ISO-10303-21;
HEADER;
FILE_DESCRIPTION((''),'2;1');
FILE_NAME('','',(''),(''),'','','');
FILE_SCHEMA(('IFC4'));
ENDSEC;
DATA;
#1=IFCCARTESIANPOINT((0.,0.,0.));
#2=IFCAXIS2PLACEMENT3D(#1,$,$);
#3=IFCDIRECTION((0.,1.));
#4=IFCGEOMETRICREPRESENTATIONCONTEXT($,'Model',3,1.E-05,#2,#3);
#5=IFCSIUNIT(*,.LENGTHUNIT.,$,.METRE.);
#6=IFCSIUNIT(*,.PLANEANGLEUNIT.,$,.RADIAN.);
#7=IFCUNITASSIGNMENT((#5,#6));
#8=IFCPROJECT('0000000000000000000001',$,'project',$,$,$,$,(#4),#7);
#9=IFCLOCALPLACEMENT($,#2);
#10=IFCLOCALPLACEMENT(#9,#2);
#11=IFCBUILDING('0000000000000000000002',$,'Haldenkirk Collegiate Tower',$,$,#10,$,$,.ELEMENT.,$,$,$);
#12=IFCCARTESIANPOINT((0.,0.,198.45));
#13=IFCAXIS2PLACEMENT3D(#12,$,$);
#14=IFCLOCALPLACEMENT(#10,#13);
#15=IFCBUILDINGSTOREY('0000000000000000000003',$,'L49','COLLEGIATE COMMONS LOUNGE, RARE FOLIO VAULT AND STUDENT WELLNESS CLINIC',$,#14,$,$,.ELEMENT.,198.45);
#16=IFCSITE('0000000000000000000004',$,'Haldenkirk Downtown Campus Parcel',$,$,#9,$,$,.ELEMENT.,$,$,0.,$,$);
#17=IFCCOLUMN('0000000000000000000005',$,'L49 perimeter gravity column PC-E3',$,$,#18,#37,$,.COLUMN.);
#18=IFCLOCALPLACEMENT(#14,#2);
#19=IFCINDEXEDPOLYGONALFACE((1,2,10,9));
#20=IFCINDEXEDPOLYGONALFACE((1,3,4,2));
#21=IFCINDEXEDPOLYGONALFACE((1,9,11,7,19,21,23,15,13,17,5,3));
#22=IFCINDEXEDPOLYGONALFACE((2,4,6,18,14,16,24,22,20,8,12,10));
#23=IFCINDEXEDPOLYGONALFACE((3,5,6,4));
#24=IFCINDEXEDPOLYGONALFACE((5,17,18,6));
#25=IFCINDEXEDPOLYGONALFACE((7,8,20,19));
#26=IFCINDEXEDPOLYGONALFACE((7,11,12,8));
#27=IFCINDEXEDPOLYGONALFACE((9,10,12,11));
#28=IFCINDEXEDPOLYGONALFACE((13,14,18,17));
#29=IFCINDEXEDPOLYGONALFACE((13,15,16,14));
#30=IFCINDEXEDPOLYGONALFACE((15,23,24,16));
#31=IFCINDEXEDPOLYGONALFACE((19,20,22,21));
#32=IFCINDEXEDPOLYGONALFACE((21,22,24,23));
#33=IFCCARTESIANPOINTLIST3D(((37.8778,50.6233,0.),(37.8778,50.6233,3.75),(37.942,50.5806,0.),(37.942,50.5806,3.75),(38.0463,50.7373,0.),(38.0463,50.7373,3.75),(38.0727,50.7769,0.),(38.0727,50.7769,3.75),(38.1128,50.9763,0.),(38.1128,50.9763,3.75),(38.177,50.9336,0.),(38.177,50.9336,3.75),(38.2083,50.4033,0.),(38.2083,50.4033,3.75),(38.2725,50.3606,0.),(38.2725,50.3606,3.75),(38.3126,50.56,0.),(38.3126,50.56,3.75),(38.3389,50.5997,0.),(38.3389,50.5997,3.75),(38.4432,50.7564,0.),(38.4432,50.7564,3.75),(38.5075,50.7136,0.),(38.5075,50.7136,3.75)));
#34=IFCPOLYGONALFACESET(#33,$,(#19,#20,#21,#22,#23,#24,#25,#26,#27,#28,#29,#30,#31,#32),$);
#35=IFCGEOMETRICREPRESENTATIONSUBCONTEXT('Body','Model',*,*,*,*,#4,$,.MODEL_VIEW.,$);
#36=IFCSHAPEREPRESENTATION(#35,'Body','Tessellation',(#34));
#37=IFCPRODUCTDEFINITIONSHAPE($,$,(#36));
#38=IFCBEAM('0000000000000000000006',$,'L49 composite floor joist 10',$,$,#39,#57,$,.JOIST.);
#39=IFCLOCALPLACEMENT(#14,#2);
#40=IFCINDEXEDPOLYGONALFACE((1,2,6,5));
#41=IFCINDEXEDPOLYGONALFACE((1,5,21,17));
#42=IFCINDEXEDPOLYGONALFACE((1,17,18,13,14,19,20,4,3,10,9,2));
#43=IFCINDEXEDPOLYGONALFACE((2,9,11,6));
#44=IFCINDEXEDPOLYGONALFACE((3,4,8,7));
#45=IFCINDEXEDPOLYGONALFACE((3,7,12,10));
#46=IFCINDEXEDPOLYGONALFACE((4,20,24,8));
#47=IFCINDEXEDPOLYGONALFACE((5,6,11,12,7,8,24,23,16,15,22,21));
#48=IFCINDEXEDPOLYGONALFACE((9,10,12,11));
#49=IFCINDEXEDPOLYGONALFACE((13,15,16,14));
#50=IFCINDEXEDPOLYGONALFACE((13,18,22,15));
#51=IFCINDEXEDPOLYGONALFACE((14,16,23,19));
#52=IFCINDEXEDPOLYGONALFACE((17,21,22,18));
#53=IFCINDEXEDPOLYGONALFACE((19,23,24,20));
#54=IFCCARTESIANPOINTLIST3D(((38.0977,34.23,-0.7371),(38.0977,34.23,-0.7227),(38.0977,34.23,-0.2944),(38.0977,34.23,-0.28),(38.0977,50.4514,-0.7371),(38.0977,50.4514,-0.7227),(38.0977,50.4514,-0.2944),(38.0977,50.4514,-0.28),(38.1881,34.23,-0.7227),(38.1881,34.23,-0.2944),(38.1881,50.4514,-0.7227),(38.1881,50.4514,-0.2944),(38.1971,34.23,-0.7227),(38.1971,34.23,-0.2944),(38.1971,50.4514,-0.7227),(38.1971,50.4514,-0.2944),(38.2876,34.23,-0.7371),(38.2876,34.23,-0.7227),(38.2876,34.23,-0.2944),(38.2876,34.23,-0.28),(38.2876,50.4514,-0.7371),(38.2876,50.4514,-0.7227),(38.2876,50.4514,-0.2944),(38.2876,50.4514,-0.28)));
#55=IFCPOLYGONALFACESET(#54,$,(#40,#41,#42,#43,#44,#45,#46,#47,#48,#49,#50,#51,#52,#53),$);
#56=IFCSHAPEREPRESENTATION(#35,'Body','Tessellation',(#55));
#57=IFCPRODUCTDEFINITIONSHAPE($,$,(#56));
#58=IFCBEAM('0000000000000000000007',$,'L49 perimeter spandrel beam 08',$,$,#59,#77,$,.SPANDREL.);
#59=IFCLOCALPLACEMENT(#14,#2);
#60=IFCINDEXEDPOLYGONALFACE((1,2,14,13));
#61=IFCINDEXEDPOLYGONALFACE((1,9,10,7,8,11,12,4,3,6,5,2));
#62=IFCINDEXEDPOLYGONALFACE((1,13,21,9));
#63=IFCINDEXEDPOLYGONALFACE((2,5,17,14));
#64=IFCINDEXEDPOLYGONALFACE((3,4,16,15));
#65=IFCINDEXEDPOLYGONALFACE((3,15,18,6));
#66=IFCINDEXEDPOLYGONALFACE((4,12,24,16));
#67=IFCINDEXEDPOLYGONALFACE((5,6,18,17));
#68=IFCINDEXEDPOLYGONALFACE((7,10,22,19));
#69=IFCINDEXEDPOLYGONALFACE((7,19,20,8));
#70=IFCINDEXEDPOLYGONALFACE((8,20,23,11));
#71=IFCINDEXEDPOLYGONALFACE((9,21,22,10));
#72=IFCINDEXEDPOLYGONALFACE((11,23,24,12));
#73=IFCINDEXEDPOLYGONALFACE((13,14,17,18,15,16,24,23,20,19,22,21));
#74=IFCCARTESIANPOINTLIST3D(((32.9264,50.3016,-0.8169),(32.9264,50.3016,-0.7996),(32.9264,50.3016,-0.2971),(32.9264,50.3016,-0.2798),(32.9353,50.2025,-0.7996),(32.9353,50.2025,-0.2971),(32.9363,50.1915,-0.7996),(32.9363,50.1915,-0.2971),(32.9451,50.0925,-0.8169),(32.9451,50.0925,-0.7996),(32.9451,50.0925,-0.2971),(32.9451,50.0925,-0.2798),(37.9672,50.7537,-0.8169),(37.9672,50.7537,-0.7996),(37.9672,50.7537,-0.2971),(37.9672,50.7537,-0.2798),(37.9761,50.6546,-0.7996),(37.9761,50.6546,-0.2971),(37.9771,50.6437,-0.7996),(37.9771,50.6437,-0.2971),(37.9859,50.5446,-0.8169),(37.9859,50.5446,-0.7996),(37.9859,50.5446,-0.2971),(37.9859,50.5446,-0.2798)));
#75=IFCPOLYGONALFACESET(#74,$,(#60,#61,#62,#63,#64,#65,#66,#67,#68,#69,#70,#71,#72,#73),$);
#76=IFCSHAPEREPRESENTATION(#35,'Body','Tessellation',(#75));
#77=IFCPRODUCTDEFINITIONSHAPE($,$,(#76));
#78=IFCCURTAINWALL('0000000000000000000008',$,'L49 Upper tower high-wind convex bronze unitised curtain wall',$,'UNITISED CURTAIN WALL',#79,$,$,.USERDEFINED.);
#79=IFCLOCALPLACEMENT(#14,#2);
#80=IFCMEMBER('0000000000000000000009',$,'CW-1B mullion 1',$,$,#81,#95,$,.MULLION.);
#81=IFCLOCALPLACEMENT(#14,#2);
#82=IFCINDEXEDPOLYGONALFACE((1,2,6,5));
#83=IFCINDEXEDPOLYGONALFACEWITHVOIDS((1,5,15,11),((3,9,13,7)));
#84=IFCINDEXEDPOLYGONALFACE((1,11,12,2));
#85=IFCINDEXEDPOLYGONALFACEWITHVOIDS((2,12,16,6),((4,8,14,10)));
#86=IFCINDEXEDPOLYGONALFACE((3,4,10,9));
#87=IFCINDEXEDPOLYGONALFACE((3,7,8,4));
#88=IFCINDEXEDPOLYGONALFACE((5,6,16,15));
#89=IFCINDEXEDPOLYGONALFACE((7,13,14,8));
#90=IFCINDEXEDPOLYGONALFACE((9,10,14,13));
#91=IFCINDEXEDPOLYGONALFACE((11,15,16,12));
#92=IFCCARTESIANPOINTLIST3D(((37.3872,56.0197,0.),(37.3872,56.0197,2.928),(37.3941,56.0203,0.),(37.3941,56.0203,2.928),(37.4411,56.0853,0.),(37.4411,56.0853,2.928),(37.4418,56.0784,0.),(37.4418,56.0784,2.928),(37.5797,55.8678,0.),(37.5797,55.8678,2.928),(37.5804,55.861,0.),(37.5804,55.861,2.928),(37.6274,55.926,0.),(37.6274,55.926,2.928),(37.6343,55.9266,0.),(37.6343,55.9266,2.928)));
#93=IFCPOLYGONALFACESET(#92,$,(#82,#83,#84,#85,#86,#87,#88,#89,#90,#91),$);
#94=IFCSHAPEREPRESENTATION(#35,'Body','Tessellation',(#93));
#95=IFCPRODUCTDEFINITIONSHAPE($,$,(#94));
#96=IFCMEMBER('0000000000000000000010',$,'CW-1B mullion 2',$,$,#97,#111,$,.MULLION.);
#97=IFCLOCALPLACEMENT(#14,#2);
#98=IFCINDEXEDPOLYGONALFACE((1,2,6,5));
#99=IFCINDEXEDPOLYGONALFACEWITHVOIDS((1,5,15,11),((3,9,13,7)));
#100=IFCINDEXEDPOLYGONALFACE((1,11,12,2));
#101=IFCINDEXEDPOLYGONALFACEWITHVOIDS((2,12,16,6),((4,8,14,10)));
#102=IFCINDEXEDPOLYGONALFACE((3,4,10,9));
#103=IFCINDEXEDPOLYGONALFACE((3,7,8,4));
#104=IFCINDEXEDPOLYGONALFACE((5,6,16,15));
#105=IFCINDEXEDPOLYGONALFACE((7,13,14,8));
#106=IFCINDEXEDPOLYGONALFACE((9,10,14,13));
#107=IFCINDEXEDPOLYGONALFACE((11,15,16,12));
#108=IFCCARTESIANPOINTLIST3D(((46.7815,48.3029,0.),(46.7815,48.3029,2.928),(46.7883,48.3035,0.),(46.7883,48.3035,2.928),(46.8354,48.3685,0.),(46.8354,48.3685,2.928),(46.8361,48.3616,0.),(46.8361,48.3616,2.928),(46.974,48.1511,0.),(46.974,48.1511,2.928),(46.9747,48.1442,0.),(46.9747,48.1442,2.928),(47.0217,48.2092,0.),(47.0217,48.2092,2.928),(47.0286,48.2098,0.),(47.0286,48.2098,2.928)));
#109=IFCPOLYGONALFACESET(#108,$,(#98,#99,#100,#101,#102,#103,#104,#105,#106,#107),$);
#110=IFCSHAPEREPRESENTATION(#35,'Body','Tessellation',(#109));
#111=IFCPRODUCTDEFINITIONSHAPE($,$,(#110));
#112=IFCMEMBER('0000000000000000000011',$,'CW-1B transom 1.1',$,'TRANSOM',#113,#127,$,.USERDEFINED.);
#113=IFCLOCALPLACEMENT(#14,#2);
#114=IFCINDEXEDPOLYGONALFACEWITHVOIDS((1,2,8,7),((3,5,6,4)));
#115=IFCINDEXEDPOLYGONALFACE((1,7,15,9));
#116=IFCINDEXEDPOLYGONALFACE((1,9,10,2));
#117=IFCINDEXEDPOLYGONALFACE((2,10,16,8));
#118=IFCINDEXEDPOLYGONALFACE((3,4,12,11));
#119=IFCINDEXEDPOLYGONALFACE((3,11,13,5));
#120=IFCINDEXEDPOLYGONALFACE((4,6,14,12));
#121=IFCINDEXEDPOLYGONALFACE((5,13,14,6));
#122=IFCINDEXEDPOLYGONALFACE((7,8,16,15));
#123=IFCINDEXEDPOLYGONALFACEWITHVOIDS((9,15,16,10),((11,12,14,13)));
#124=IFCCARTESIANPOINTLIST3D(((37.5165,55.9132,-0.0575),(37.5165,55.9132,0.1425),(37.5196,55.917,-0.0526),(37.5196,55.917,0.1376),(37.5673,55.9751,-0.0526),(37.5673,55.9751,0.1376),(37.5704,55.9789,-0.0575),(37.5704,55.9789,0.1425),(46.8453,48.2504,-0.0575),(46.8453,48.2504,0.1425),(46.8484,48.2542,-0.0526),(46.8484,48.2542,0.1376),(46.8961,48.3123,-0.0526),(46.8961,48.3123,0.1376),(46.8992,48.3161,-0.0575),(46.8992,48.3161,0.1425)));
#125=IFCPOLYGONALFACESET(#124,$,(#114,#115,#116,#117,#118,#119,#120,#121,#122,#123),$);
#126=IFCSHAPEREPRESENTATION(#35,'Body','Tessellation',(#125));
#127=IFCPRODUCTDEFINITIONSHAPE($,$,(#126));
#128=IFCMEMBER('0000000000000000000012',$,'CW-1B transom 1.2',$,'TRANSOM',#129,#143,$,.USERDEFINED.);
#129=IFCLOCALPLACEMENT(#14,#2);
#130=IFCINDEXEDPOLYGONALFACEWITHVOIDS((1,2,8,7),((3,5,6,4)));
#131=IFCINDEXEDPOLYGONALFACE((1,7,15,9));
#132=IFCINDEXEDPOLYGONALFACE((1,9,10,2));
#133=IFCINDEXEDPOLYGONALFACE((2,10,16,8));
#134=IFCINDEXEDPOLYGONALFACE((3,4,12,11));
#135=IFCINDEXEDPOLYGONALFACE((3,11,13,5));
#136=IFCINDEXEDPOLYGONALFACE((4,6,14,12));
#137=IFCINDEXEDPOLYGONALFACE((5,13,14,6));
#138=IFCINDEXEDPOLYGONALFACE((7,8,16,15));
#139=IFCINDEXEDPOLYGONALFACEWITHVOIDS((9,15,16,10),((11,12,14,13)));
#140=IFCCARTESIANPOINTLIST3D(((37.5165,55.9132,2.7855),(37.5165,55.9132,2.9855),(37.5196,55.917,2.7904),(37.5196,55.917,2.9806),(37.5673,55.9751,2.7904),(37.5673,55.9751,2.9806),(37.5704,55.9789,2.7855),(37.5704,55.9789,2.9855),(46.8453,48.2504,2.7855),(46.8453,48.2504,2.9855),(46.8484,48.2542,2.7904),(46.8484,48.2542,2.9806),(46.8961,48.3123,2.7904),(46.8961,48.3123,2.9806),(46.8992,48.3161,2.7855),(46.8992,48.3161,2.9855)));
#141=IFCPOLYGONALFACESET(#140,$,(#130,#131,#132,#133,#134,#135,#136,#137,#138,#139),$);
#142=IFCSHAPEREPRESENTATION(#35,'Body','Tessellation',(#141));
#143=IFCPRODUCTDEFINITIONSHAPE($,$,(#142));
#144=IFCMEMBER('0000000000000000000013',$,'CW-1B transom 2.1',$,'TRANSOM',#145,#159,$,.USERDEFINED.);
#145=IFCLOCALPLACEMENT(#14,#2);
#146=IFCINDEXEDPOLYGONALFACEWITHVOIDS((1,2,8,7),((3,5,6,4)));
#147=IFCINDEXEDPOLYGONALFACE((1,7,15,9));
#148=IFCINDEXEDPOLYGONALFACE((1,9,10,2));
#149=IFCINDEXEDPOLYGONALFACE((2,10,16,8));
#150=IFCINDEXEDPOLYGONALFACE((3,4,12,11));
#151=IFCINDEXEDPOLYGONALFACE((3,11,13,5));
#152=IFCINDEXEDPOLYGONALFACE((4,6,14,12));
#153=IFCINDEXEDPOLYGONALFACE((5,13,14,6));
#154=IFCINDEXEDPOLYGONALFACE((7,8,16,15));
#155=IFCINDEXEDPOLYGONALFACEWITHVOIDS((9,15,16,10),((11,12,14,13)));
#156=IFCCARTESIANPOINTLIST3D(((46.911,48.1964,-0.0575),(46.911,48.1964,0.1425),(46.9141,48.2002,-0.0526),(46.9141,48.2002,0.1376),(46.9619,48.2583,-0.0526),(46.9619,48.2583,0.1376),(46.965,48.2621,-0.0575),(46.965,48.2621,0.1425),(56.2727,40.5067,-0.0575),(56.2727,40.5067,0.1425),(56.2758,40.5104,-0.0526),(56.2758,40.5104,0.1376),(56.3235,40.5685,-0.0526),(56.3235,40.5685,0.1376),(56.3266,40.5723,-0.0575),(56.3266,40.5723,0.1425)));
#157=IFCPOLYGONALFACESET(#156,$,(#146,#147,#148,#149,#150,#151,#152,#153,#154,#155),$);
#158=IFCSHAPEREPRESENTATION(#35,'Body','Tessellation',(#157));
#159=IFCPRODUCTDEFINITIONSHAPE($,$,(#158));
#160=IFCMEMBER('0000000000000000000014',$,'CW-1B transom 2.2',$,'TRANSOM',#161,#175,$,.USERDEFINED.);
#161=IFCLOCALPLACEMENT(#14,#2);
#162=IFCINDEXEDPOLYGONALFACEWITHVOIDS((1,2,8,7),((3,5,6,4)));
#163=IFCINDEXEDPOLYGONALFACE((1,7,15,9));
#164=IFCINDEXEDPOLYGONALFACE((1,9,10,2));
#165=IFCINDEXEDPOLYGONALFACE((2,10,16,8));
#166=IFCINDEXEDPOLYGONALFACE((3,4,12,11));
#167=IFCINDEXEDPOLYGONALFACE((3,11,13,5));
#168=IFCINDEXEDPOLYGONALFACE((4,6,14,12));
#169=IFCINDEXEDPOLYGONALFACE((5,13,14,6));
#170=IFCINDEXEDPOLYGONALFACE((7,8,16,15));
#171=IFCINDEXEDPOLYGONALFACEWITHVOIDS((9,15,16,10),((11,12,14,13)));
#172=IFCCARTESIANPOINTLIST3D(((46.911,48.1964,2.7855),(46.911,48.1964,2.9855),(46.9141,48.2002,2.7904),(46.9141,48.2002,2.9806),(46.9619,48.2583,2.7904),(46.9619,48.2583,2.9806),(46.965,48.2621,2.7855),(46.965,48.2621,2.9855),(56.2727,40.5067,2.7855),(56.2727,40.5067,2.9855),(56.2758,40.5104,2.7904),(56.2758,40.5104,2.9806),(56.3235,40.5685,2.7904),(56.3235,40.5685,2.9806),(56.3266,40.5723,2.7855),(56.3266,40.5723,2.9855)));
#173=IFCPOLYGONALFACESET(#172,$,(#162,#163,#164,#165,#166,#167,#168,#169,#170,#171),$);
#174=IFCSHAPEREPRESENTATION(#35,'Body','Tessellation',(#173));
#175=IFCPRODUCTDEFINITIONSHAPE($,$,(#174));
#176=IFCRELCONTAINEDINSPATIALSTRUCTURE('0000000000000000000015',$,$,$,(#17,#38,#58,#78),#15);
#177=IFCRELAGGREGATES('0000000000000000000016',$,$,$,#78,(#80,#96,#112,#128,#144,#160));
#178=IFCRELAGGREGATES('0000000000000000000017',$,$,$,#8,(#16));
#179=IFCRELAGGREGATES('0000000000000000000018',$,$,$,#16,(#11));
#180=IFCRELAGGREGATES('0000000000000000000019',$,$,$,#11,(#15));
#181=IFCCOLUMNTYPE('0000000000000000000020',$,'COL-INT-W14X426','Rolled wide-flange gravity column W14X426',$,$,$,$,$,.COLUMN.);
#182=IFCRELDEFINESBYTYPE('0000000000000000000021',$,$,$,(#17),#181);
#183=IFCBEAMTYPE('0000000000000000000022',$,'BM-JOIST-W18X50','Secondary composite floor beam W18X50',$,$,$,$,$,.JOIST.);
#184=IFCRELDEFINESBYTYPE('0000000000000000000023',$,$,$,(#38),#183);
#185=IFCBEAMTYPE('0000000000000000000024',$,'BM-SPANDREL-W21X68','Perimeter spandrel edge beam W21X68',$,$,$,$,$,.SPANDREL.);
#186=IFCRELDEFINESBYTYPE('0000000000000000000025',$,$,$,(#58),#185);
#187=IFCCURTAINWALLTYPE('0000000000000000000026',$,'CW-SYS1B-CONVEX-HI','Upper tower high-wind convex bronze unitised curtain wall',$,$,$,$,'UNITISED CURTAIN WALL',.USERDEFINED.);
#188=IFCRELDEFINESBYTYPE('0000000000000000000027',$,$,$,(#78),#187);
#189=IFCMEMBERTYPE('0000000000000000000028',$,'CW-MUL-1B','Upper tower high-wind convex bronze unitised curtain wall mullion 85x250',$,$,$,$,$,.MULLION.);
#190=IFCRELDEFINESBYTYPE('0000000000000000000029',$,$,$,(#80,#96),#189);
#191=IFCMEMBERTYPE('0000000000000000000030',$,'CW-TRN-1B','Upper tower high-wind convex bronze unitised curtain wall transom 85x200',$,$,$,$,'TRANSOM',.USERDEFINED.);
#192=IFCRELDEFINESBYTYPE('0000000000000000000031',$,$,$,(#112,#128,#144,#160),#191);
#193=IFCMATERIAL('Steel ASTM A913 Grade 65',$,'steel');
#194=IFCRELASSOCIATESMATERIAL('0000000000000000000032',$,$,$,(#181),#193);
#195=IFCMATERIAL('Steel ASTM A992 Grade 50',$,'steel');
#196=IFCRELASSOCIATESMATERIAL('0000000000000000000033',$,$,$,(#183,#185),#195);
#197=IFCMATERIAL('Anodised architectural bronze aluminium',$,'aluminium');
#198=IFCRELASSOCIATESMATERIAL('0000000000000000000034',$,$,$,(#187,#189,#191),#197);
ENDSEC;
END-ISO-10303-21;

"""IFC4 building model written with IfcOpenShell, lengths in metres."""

from ifc_helpers import new_model, si_unit, direction, frame, origin, origin_2d, place, context, subcontext, project, spatial, hollow_rectangle, i_section, extrude, material, material_profile, profile_set, type_object, element, aggregate, save


model = new_model("IFC4")

# Units and contexts
model_context = context("Model", 3, precision=1e-05, world=origin(), true_north=direction((0.0, 1.0)))
body_context = subcontext(model_context, "Body", "Model", "MODEL_VIEW")
ifc_project = project(units=[si_unit("LENGTHUNIT", "METRE"), si_unit("PLANEANGLEUNIT", "RADIAN")], contexts=[model_context])

# Site, building, storey
site_placement = place(None, origin())
site = spatial("IfcSite", under=ifc_project, at=site_placement, Name="Haldenkirk Downtown Campus Parcel", CompositionType="ELEMENT", RefElevation=0.0)
building_placement = place(site_placement, origin())
building = spatial("IfcBuilding", under=site, at=building_placement, Name="Haldenkirk Collegiate Tower", CompositionType="ELEMENT")
storey_placement = place(building_placement, frame((0.0, 0.0, 198.45)))
storey = spatial("IfcBuildingStorey", under=building, at=storey_placement, Name="L49", Description="COLLEGIATE COMMONS LOUNGE, RARE FOLIO VAULT AND STUDENT WELLNESS CLINIC", CompositionType="ELEMENT", Elevation=198.45)

# Column
ifc_material_1 = material(Name="Steel ASTM A913 Grade 65", Category="steel")
ifc_material_profile_1 = material_profile(ifc_material_1, i_section(OverallWidth=0.4241, OverallDepth=0.4741, WebThickness=0.0476, FlangeThickness=0.0771, at=origin_2d()), Name="W14X426")
ifc_profile_set_1 = profile_set([ifc_material_profile_1], Name="Steel ASTM A913 Grade 65")
column_type = type_object("IfcColumnType", Name="COL-INT-W14X426", Description="Rolled wide-flange gravity column W14X426", PredefinedType="COLUMN", material=ifc_profile_set_1)
column_placement = place(storey_placement, frame((38.1926, 50.6685, 0.0), z_axis=(0.0, 0.0, 1.0), x_axis=(0.554118, 0.832438, 0.0)))
element("IfcColumn", 1, at=column_placement, inside=storey, type_object=column_type, Name="L49 perimeter gravity column PC-E3", PredefinedType="COLUMN", context=body_context, shape_type="SweptSolid", body=[
    extrude(i_section(OverallWidth=0.4241, OverallDepth=0.4741, WebThickness=0.0476, FlangeThickness=0.0771, at=origin_2d()), origin(), (0.0, 0.0, 1.0), 3.75),
])

# Beams
ifc_material_2 = material(Name="Steel ASTM A992 Grade 50", Category="steel")
ifc_material_profile_2 = material_profile(ifc_material_2, i_section(OverallWidth=0.1899, OverallDepth=0.457, WebThickness=0.009, FlangeThickness=0.0144, at=origin_2d()), Name="W18X50")
ifc_profile_set_2 = profile_set([ifc_material_profile_2], Name="Steel ASTM A992 Grade 50")
beam_type_1 = type_object("IfcBeamType", Name="BM-JOIST-W18X50", Description="Secondary composite floor beam W18X50", PredefinedType="JOIST", material=ifc_profile_set_2)
beam_1_placement = place(storey_placement, frame((38.1926, 50.4514, -0.5085), z_axis=(0.0, -1.0, 0.0), x_axis=(1.0, 0.0, 0.0)))
element("IfcBeam", 2, at=beam_1_placement, inside=storey, type_object=beam_type_1, Name="L49 composite floor joist 10", PredefinedType="JOIST", context=body_context, shape_type="SweptSolid", body=[
    extrude(i_section(OverallWidth=0.1899, OverallDepth=0.457, WebThickness=0.009, FlangeThickness=0.0144, at=origin_2d()), origin(), (0.0, 0.0, 1.0), 16.2214),
])
ifc_material_profile_3 = material_profile(ifc_material_2, i_section(OverallWidth=0.21, OverallDepth=0.5371, WebThickness=0.011, FlangeThickness=0.0173, at=origin_2d()), Name="W21X68")
ifc_profile_set_3 = profile_set([ifc_material_profile_3], Name="Steel ASTM A992 Grade 50")
beam_type_2 = type_object("IfcBeamType", Name="BM-SPANDREL-W21X68", Description="Perimeter spandrel edge beam W21X68", PredefinedType="SPANDREL", material=ifc_profile_set_3)
beam_2_placement = place(storey_placement, frame((37.9766, 50.6492, -0.5483), z_axis=(-0.996001, -0.08934, 0.0), x_axis=(0.08934, -0.996001, 0.0)))
element("IfcBeam", 3, at=beam_2_placement, inside=storey, type_object=beam_type_2, Name="L49 perimeter spandrel beam 08", PredefinedType="SPANDREL", context=body_context, shape_type="SweptSolid", body=[
    extrude(i_section(OverallWidth=0.21, OverallDepth=0.5371, WebThickness=0.011, FlangeThickness=0.0173, at=origin_2d()), origin(), (0.0, 0.0, 1.0), 5.061),
])

# Curtain wall, members
ifc_material_3 = material(Name="Anodised architectural bronze aluminium", Category="aluminium")
curtain_wall_type = type_object("IfcCurtainWallType", Name="CW-SYS1B-CONVEX-HI", Description="Upper tower high-wind convex bronze unitised curtain wall", ElementType="UNITISED CURTAIN WALL", PredefinedType="USERDEFINED", material=ifc_material_3)
curtain_wall_placement = place(storey_placement, origin())
curtain_wall = element("IfcCurtainWall", 4, at=curtain_wall_placement, inside=storey, type_object=curtain_wall_type, Name="L49 Upper tower high-wind convex bronze unitised curtain wall", ObjectType="UNITISED CURTAIN WALL", PredefinedType="USERDEFINED")
ifc_material_profile_4 = material_profile(ifc_material_3, hollow_rectangle(XDim=0.085, YDim=0.25, WallThickness=0.0049, at=origin_2d()), Name="CW-MUL-1B")
ifc_profile_set_4 = profile_set([ifc_material_profile_4], Name="Anodised architectural bronze aluminium")
member_type_1 = type_object("IfcMemberType", Name="CW-MUL-1B", Description="Upper tower high-wind convex bronze unitised curtain wall mullion 85x250", PredefinedType="MULLION", material=ifc_profile_set_4)
member_1_placement = place(storey_placement, frame((37.5107, 55.9731, 0.0), z_axis=(0.0, 0.0, 1.0), x_axis=(0.634732, 0.772732, 0.0)))
member_1 = element("IfcMember", 5, at=member_1_placement, type_object=member_type_1, Name="CW-1B mullion 1", PredefinedType="MULLION", context=body_context, shape_type="SweptSolid", body=[
    extrude(hollow_rectangle(XDim=0.085, YDim=0.25, WallThickness=0.0049, at=origin_2d()), origin(), (0.0, 0.0, 1.0), 2.928),
])
member_2_placement = place(storey_placement, frame((46.905, 48.2563, 0.0), z_axis=(0.0, 0.0, 1.0), x_axis=(0.634732, 0.772732, 0.0)))
member_2 = element("IfcMember", 6, at=member_2_placement, type_object=member_type_1, Name="CW-1B mullion 2", PredefinedType="MULLION", context=body_context, shape_type="SweptSolid", body=[
    extrude(hollow_rectangle(XDim=0.085, YDim=0.25, WallThickness=0.0049, at=origin_2d()), origin(), (0.0, 0.0, 1.0), 2.928),
])
ifc_material_profile_5 = material_profile(ifc_material_3, hollow_rectangle(XDim=0.085, YDim=0.2, WallThickness=0.0049, at=origin_2d()), Name="CW-TRN-1B")
ifc_profile_set_5 = profile_set([ifc_material_profile_5], Name="Anodised architectural bronze aluminium")
member_type_2 = type_object("IfcMemberType", Name="CW-TRN-1B", Description="Upper tower high-wind convex bronze unitised curtain wall transom 85x200", ElementType="TRANSOM", PredefinedType="USERDEFINED", material=ifc_profile_set_5)
member_3_placement = place(storey_placement, frame((37.5435, 55.946, 0.0425), z_axis=(0.772732, -0.634732, 0.0), x_axis=(0.634732, 0.772732, 0.0)))
member_3 = element("IfcMember", 7, at=member_3_placement, type_object=member_type_2, Name="CW-1B transom 1.1", ObjectType="TRANSOM", PredefinedType="USERDEFINED", context=body_context, shape_type="SweptSolid", body=[
    extrude(hollow_rectangle(XDim=0.085, YDim=0.2, WallThickness=0.0049, at=origin_2d()), origin(), (0.0, 0.0, 1.0), 12.0725),
])
member_4_placement = place(storey_placement, frame((37.5435, 55.946, 2.8855), z_axis=(0.772732, -0.634732, 0.0), x_axis=(0.634732, 0.772732, 0.0)))
member_4 = element("IfcMember", 8, at=member_4_placement, type_object=member_type_2, Name="CW-1B transom 1.2", ObjectType="TRANSOM", PredefinedType="USERDEFINED", context=body_context, shape_type="SweptSolid", body=[
    extrude(hollow_rectangle(XDim=0.085, YDim=0.2, WallThickness=0.0049, at=origin_2d()), origin(), (0.0, 0.0, 1.0), 12.0725),
])
member_5_placement = place(storey_placement, frame((46.938, 48.2292, 0.0425), z_axis=(0.772733, -0.634731, 0.0), x_axis=(0.634731, 0.772733, 0.0)))
member_5 = element("IfcMember", 9, at=member_5_placement, type_object=member_type_2, Name="CW-1B transom 2.1", ObjectType="TRANSOM", PredefinedType="USERDEFINED", context=body_context, shape_type="SweptSolid", body=[
    extrude(hollow_rectangle(XDim=0.085, YDim=0.2, WallThickness=0.0049, at=origin_2d()), origin(), (0.0, 0.0, 1.0), 12.115),
])
member_6_placement = place(storey_placement, frame((46.938, 48.2292, 2.8855), z_axis=(0.772733, -0.634731, 0.0), x_axis=(0.634731, 0.772733, 0.0)))
member_6 = element("IfcMember", 10, at=member_6_placement, type_object=member_type_2, Name="CW-1B transom 2.2", ObjectType="TRANSOM", PredefinedType="USERDEFINED", context=body_context, shape_type="SweptSolid", body=[
    extrude(hollow_rectangle(XDim=0.085, YDim=0.2, WallThickness=0.0049, at=origin_2d()), origin(), (0.0, 0.0, 1.0), 12.115),
])
aggregate(curtain_wall, [member_1, member_2, member_3, member_4, member_5, member_6])

save(model, "model.ifc")
